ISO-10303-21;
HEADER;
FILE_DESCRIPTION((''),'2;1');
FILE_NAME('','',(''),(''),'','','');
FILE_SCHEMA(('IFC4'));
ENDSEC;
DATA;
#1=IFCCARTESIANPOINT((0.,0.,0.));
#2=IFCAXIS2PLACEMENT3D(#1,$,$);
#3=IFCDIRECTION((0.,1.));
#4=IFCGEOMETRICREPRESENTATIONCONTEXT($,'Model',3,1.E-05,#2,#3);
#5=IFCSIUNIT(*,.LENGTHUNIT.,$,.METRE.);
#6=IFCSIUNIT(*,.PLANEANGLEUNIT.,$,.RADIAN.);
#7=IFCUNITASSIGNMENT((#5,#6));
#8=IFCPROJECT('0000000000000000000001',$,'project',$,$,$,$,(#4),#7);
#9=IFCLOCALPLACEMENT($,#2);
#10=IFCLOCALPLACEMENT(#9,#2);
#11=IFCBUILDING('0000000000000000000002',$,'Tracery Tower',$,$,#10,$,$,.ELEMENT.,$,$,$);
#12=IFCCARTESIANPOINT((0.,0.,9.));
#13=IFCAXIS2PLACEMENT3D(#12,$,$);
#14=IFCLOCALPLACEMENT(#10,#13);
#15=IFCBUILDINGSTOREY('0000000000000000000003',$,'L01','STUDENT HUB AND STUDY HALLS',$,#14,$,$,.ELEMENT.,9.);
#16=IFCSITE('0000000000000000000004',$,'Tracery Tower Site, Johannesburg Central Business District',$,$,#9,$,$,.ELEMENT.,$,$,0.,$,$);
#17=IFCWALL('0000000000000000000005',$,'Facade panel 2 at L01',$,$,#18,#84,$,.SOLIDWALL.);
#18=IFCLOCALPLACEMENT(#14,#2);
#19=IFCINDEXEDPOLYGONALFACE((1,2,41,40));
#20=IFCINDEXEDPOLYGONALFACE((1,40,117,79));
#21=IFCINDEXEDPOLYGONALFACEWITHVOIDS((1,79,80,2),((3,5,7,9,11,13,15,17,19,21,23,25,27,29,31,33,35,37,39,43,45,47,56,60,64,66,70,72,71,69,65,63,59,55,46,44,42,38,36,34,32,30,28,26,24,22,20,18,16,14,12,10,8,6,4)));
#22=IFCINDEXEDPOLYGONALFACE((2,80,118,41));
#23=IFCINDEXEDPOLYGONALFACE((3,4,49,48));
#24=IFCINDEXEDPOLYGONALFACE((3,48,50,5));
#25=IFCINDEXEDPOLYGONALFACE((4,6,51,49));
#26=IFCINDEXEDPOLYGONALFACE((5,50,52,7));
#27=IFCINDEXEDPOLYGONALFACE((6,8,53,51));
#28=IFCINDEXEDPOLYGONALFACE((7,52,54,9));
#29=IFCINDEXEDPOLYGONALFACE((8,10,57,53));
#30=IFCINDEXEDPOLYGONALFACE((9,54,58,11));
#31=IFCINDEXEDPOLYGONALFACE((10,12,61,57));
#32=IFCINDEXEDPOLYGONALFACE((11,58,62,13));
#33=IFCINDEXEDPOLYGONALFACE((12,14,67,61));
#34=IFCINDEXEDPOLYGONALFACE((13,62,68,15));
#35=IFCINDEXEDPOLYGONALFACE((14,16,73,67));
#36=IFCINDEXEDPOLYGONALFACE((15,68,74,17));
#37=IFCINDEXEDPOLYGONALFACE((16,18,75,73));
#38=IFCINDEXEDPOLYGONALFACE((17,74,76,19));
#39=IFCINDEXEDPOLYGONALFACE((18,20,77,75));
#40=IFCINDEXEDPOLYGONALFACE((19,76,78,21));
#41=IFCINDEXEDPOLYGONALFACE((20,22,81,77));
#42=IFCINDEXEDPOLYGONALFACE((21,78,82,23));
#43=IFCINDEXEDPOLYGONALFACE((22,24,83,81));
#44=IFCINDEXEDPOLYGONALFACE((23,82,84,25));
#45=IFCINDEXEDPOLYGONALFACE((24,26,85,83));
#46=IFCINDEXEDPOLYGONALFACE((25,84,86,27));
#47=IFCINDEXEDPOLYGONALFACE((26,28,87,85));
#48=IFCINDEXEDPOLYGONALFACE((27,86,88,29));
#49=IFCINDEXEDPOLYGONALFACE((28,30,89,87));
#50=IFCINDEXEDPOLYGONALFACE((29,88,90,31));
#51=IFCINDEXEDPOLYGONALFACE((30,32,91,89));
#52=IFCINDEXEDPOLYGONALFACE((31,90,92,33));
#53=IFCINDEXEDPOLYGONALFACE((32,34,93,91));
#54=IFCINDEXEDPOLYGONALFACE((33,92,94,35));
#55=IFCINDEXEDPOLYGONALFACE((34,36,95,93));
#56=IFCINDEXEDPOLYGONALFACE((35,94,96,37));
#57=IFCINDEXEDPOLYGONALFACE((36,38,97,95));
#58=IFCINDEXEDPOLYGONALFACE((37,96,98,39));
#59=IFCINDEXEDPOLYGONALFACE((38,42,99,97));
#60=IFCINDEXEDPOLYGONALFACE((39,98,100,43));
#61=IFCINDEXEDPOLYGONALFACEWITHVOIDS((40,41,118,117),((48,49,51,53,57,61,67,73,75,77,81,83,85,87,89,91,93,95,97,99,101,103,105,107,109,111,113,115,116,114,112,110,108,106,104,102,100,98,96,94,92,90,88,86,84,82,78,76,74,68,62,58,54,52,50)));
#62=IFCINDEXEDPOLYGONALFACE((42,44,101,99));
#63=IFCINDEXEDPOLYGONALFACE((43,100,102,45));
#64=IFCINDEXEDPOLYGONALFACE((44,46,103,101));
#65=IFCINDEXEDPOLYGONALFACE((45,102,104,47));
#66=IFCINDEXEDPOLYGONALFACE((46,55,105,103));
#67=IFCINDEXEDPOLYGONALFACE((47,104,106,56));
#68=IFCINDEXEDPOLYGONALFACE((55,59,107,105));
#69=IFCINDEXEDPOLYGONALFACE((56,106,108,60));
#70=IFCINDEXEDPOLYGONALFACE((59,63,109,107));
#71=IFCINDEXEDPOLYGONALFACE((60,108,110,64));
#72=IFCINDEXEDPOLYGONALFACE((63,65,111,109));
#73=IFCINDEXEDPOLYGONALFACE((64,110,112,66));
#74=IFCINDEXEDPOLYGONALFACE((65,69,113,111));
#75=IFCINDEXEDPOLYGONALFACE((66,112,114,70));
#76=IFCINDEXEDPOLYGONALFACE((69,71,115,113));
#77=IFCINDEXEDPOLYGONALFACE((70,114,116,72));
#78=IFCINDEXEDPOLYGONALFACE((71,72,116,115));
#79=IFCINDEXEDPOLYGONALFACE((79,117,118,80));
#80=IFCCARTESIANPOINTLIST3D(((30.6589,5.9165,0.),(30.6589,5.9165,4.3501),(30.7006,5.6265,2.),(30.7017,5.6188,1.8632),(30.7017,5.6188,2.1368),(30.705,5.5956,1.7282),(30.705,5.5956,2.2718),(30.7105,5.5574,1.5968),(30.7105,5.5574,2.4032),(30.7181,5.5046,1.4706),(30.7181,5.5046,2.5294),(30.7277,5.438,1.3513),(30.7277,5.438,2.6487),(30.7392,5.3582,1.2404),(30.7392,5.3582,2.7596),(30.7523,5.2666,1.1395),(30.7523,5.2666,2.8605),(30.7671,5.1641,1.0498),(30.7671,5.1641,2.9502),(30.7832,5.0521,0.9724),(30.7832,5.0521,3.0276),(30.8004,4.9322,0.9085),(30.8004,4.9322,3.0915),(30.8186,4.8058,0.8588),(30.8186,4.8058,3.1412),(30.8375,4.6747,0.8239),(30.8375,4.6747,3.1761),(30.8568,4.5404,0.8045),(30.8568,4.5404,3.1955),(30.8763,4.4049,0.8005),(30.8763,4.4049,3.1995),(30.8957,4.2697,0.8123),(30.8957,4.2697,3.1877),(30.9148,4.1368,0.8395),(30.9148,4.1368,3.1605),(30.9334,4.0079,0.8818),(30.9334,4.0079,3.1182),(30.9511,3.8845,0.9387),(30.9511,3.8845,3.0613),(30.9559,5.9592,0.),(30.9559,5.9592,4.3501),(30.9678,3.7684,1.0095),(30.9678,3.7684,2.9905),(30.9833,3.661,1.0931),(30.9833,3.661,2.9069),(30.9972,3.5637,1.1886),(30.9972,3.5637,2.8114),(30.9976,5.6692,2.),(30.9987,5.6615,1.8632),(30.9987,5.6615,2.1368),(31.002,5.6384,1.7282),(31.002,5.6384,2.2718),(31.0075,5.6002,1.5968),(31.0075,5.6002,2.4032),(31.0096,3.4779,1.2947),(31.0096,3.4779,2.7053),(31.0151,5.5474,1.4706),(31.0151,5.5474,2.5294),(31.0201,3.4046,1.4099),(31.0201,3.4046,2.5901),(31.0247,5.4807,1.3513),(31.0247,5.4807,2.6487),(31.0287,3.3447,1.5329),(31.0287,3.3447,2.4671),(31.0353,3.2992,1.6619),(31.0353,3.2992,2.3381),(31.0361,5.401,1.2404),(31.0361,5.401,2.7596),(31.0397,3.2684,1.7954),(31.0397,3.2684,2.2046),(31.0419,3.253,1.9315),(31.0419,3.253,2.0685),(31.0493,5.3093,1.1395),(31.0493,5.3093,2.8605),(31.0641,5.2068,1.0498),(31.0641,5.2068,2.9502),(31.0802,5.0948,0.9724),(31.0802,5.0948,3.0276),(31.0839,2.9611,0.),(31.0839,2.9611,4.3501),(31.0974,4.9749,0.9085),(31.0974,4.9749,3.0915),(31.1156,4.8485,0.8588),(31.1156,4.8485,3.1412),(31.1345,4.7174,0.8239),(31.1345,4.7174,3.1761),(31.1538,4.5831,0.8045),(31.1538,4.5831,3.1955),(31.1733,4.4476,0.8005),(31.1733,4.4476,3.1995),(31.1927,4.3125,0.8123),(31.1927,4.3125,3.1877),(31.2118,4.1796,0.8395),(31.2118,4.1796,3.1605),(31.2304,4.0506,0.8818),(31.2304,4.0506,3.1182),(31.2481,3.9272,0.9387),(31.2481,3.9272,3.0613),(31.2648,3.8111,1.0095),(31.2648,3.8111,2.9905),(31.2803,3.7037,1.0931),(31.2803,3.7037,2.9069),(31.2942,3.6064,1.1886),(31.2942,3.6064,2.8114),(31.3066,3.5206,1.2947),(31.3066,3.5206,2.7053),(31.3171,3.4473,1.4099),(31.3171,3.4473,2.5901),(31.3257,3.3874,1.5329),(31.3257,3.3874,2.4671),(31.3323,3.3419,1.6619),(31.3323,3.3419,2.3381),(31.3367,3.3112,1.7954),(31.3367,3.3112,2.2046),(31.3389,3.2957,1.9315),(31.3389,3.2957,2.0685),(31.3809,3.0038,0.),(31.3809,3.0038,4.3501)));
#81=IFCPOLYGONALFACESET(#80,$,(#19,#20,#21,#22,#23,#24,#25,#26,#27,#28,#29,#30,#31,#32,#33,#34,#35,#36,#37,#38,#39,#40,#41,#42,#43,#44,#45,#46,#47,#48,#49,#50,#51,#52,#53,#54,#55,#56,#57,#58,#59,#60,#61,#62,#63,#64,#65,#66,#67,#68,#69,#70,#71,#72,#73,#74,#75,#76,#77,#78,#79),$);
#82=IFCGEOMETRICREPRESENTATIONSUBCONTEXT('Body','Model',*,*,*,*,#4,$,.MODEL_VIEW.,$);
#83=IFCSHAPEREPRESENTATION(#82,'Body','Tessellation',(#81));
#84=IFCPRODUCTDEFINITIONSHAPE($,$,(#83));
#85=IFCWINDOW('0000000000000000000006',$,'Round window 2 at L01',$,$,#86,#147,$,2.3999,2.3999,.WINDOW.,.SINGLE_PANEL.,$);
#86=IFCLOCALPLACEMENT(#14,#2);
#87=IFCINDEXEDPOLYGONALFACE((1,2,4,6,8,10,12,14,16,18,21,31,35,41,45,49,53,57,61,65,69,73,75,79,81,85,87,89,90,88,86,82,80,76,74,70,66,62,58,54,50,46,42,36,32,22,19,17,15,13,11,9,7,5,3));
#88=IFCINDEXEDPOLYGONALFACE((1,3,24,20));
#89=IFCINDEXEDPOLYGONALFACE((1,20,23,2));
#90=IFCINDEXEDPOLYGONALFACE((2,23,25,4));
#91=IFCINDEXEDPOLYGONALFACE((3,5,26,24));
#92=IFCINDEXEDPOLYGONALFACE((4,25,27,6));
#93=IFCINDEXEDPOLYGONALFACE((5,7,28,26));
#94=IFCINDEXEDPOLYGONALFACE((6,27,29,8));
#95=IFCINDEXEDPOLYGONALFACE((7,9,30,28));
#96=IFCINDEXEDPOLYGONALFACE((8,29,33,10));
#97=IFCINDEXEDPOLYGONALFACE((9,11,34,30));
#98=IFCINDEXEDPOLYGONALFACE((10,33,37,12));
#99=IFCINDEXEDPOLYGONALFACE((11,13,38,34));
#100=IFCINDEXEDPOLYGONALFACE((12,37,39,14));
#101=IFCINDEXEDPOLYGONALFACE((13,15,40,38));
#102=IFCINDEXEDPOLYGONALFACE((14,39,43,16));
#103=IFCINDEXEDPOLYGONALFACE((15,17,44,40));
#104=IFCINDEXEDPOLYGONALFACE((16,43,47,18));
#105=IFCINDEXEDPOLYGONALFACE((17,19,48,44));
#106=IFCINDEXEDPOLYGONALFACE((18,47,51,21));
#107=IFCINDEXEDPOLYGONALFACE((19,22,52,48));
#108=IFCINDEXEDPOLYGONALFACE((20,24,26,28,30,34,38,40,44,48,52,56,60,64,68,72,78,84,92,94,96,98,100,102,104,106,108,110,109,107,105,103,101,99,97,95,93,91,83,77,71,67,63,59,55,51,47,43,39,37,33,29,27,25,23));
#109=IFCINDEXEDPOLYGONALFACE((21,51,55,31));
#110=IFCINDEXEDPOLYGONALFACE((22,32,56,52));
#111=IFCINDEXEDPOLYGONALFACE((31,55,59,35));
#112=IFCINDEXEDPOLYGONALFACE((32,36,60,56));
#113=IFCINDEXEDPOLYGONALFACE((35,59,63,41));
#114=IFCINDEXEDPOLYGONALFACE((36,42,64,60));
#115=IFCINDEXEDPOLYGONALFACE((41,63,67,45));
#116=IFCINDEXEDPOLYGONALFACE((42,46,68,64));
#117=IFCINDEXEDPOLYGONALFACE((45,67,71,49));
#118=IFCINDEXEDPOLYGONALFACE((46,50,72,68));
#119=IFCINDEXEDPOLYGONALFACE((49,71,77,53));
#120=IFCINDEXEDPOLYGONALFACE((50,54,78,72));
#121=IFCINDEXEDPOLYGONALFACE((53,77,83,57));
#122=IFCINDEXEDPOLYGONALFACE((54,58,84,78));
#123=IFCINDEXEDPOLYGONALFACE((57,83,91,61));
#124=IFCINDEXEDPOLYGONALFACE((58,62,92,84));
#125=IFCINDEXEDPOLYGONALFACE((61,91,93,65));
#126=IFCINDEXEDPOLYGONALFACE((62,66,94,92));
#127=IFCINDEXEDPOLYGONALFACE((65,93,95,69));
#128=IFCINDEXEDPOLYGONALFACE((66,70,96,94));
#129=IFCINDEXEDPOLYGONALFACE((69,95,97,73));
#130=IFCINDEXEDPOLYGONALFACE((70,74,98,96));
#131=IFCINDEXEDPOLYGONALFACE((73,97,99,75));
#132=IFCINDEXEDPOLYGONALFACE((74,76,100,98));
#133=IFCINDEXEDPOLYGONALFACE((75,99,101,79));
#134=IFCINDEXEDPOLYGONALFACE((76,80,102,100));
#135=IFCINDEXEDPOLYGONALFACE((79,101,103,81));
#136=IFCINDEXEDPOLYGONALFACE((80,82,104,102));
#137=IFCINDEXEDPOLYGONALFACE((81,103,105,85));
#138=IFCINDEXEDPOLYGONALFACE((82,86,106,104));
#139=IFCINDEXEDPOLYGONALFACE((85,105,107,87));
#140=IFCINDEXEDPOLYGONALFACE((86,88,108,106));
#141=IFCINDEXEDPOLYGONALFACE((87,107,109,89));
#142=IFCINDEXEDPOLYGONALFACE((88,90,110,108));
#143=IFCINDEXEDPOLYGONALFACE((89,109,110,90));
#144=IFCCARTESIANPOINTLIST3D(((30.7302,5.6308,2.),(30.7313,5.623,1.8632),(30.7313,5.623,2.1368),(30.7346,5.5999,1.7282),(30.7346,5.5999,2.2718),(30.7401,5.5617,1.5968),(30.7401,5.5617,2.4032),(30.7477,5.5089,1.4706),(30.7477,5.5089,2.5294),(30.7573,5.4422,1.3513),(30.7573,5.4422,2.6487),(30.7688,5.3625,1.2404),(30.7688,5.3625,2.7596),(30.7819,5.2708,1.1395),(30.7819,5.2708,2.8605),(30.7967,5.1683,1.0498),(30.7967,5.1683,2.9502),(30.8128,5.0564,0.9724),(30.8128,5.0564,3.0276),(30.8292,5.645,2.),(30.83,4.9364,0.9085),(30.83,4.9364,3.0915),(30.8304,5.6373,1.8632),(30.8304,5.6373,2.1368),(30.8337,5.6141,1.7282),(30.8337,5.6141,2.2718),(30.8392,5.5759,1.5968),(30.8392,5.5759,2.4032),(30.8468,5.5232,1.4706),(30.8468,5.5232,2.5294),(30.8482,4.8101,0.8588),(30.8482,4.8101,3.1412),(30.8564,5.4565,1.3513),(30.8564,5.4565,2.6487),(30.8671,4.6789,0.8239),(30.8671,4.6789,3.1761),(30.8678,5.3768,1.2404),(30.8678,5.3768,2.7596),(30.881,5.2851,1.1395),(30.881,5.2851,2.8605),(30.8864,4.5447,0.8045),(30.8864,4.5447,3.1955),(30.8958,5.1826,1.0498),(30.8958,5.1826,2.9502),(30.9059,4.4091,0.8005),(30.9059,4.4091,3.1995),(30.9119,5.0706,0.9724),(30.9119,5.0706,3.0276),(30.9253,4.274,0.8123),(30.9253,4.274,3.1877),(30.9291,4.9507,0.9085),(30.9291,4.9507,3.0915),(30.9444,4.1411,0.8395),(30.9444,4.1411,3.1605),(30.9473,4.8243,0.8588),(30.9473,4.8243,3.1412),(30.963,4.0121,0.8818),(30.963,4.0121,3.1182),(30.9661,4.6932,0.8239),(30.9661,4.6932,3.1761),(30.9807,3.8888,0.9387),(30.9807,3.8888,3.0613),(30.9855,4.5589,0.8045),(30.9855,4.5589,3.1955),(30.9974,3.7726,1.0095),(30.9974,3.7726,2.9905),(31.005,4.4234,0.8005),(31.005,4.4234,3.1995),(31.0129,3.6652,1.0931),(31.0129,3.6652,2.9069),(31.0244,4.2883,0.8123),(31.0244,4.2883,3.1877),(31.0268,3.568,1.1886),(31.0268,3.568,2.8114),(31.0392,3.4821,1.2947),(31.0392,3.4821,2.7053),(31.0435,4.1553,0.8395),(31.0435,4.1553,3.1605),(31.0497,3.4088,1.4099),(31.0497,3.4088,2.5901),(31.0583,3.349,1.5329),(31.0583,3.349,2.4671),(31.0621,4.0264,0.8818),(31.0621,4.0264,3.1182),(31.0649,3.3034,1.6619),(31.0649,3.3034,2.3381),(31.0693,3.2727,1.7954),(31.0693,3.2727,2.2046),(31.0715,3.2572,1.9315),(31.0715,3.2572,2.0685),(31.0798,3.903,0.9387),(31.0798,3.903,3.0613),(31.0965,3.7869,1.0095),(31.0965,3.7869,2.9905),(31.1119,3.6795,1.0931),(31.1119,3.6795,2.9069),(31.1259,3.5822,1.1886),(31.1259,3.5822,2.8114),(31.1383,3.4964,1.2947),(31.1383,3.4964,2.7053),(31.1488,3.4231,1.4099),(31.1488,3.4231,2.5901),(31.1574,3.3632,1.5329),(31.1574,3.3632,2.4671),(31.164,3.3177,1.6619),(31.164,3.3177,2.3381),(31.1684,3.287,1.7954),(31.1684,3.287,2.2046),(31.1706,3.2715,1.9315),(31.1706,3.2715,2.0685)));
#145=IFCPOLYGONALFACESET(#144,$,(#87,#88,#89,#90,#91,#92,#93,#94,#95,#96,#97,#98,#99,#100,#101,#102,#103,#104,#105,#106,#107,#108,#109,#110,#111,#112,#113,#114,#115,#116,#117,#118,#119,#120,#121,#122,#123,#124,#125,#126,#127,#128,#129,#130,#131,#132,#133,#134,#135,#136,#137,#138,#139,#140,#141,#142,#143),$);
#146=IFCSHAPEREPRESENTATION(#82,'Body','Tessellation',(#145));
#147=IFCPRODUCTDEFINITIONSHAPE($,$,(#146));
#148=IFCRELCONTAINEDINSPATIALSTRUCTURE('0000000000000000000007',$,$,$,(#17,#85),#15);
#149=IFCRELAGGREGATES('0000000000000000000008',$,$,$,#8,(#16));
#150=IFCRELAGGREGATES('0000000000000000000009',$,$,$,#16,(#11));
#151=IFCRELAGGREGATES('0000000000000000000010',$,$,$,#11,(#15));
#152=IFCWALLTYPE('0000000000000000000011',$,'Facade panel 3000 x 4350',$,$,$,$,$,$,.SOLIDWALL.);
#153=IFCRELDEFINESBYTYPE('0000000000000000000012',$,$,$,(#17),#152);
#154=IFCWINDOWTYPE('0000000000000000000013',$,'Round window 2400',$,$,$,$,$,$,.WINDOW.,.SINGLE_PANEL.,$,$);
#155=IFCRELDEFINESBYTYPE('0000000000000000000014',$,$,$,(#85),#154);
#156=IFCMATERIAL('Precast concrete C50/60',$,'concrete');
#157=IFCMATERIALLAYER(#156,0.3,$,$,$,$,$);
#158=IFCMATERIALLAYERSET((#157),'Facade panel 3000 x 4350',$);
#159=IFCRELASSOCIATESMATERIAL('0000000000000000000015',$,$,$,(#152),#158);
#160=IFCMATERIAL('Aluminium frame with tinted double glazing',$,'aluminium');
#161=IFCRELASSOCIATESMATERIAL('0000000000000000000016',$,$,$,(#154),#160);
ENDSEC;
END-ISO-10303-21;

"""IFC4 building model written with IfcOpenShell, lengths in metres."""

from ifc_helpers import new_model, si_unit, direction, frame, frame_2d, origin, origin_2d, place, context, subcontext, project, spatial, rectangle, circle, extrude, material, layer, layer_set, type_object, element, fill, save


model = new_model("IFC4")

# Units and contexts
model_context = context("Model", 3, precision=1e-05, world=origin(), true_north=direction((0.0, 1.0)))
body_context = subcontext(model_context, "Body", "Model", "MODEL_VIEW")
ifc_project = project(units=[si_unit("LENGTHUNIT", "METRE"), si_unit("PLANEANGLEUNIT", "RADIAN")], contexts=[model_context])

# Site, building, storey
site_placement = place(None, origin())
site = spatial("IfcSite", under=ifc_project, at=site_placement, Name="Tracery Tower Site, Johannesburg Central Business District", CompositionType="ELEMENT", RefElevation=0.0)
building_placement = place(site_placement, origin())
building = spatial("IfcBuilding", under=site, at=building_placement, Name="Tracery Tower", CompositionType="ELEMENT")
storey_placement = place(building_placement, frame((0.0, 0.0, 9.0)))
storey = spatial("IfcBuildingStorey", under=building, at=storey_placement, Name="L01", Description="STUDENT HUB AND STUDY HALLS", CompositionType="ELEMENT", Elevation=9.0)

# Wall, opening, window
ifc_material_1 = material(Name="Precast concrete C50/60", Category="concrete")
ifc_layer_1 = layer(ifc_material_1, 0.3)
ifc_layer_set_1 = layer_set([ifc_layer_1], Name="Facade panel 3000 x 4350")
wall_type_1 = type_object("IfcWallType", Name="Facade panel 3000 x 4350", PredefinedType="SOLIDWALL", material=ifc_layer_set_1)
ifc_material_2 = material(Name="Aluminium frame with tinted double glazing", Category="aluminium")
window_type = type_object("IfcWindowType", Name="Round window 2400", PartitioningType="SINGLE_PANEL", PredefinedType="WINDOW", material=ifc_material_2)
wall_1_placement = place(storey_placement, frame((31.2324, 2.9824, 0.0), z_axis=(0.0, 0.0, 1.0), x_axis=(-0.14236, 0.989815, 0.0)))
wall_1 = element("IfcWall", 1, at=wall_1_placement, inside=storey, type_object=wall_type_1, Name="Facade panel 2 at L01", PredefinedType="SOLIDWALL", context=body_context, shape_type="SweptSolid", body=[
    extrude(rectangle(XDim=2.9858, YDim=0.3, at=frame_2d((1.4929, 0.0))), origin(), (0.0, 0.0, 1.0), 4.3501),
])
opening_1_placement = place(wall_1_placement, frame((1.4929, 0.0, 2.0)))
opening_1 = element("IfcOpeningElement", 2, at=opening_1_placement, cuts=wall_1, PredefinedType="OPENING", context=body_context, shape_type="SweptSolid", body=[
    extrude(circle(Radius=1.2, at=origin_2d()), frame((0.0, 0.1599, 0.0), z_axis=(0.0, -1.0, 0.0), x_axis=(1.0, 0.0, 0.0)), (0.0, 0.0, 1.0), 0.3201),
])
window_1_placement = place(opening_1_placement, origin())
window_1 = element("IfcWindow", 3, at=window_1_placement, inside=storey, type_object=window_type, Name="Round window 2 at L01", OverallHeight=2.3999, OverallWidth=2.3999, PartitioningType="SINGLE_PANEL", PredefinedType="WINDOW", context=body_context, shape_type="SweptSolid", body=[
    extrude(circle(Radius=1.2, at=origin_2d()), frame((0.0, 0.1201, 0.0), z_axis=(0.0, -1.0, 0.0), x_axis=(1.0, 0.0, 0.0)), (0.0, 0.0, 1.0), 0.1001),
])
fill(opening_1, window_1)

save(model, "model.ifc")
